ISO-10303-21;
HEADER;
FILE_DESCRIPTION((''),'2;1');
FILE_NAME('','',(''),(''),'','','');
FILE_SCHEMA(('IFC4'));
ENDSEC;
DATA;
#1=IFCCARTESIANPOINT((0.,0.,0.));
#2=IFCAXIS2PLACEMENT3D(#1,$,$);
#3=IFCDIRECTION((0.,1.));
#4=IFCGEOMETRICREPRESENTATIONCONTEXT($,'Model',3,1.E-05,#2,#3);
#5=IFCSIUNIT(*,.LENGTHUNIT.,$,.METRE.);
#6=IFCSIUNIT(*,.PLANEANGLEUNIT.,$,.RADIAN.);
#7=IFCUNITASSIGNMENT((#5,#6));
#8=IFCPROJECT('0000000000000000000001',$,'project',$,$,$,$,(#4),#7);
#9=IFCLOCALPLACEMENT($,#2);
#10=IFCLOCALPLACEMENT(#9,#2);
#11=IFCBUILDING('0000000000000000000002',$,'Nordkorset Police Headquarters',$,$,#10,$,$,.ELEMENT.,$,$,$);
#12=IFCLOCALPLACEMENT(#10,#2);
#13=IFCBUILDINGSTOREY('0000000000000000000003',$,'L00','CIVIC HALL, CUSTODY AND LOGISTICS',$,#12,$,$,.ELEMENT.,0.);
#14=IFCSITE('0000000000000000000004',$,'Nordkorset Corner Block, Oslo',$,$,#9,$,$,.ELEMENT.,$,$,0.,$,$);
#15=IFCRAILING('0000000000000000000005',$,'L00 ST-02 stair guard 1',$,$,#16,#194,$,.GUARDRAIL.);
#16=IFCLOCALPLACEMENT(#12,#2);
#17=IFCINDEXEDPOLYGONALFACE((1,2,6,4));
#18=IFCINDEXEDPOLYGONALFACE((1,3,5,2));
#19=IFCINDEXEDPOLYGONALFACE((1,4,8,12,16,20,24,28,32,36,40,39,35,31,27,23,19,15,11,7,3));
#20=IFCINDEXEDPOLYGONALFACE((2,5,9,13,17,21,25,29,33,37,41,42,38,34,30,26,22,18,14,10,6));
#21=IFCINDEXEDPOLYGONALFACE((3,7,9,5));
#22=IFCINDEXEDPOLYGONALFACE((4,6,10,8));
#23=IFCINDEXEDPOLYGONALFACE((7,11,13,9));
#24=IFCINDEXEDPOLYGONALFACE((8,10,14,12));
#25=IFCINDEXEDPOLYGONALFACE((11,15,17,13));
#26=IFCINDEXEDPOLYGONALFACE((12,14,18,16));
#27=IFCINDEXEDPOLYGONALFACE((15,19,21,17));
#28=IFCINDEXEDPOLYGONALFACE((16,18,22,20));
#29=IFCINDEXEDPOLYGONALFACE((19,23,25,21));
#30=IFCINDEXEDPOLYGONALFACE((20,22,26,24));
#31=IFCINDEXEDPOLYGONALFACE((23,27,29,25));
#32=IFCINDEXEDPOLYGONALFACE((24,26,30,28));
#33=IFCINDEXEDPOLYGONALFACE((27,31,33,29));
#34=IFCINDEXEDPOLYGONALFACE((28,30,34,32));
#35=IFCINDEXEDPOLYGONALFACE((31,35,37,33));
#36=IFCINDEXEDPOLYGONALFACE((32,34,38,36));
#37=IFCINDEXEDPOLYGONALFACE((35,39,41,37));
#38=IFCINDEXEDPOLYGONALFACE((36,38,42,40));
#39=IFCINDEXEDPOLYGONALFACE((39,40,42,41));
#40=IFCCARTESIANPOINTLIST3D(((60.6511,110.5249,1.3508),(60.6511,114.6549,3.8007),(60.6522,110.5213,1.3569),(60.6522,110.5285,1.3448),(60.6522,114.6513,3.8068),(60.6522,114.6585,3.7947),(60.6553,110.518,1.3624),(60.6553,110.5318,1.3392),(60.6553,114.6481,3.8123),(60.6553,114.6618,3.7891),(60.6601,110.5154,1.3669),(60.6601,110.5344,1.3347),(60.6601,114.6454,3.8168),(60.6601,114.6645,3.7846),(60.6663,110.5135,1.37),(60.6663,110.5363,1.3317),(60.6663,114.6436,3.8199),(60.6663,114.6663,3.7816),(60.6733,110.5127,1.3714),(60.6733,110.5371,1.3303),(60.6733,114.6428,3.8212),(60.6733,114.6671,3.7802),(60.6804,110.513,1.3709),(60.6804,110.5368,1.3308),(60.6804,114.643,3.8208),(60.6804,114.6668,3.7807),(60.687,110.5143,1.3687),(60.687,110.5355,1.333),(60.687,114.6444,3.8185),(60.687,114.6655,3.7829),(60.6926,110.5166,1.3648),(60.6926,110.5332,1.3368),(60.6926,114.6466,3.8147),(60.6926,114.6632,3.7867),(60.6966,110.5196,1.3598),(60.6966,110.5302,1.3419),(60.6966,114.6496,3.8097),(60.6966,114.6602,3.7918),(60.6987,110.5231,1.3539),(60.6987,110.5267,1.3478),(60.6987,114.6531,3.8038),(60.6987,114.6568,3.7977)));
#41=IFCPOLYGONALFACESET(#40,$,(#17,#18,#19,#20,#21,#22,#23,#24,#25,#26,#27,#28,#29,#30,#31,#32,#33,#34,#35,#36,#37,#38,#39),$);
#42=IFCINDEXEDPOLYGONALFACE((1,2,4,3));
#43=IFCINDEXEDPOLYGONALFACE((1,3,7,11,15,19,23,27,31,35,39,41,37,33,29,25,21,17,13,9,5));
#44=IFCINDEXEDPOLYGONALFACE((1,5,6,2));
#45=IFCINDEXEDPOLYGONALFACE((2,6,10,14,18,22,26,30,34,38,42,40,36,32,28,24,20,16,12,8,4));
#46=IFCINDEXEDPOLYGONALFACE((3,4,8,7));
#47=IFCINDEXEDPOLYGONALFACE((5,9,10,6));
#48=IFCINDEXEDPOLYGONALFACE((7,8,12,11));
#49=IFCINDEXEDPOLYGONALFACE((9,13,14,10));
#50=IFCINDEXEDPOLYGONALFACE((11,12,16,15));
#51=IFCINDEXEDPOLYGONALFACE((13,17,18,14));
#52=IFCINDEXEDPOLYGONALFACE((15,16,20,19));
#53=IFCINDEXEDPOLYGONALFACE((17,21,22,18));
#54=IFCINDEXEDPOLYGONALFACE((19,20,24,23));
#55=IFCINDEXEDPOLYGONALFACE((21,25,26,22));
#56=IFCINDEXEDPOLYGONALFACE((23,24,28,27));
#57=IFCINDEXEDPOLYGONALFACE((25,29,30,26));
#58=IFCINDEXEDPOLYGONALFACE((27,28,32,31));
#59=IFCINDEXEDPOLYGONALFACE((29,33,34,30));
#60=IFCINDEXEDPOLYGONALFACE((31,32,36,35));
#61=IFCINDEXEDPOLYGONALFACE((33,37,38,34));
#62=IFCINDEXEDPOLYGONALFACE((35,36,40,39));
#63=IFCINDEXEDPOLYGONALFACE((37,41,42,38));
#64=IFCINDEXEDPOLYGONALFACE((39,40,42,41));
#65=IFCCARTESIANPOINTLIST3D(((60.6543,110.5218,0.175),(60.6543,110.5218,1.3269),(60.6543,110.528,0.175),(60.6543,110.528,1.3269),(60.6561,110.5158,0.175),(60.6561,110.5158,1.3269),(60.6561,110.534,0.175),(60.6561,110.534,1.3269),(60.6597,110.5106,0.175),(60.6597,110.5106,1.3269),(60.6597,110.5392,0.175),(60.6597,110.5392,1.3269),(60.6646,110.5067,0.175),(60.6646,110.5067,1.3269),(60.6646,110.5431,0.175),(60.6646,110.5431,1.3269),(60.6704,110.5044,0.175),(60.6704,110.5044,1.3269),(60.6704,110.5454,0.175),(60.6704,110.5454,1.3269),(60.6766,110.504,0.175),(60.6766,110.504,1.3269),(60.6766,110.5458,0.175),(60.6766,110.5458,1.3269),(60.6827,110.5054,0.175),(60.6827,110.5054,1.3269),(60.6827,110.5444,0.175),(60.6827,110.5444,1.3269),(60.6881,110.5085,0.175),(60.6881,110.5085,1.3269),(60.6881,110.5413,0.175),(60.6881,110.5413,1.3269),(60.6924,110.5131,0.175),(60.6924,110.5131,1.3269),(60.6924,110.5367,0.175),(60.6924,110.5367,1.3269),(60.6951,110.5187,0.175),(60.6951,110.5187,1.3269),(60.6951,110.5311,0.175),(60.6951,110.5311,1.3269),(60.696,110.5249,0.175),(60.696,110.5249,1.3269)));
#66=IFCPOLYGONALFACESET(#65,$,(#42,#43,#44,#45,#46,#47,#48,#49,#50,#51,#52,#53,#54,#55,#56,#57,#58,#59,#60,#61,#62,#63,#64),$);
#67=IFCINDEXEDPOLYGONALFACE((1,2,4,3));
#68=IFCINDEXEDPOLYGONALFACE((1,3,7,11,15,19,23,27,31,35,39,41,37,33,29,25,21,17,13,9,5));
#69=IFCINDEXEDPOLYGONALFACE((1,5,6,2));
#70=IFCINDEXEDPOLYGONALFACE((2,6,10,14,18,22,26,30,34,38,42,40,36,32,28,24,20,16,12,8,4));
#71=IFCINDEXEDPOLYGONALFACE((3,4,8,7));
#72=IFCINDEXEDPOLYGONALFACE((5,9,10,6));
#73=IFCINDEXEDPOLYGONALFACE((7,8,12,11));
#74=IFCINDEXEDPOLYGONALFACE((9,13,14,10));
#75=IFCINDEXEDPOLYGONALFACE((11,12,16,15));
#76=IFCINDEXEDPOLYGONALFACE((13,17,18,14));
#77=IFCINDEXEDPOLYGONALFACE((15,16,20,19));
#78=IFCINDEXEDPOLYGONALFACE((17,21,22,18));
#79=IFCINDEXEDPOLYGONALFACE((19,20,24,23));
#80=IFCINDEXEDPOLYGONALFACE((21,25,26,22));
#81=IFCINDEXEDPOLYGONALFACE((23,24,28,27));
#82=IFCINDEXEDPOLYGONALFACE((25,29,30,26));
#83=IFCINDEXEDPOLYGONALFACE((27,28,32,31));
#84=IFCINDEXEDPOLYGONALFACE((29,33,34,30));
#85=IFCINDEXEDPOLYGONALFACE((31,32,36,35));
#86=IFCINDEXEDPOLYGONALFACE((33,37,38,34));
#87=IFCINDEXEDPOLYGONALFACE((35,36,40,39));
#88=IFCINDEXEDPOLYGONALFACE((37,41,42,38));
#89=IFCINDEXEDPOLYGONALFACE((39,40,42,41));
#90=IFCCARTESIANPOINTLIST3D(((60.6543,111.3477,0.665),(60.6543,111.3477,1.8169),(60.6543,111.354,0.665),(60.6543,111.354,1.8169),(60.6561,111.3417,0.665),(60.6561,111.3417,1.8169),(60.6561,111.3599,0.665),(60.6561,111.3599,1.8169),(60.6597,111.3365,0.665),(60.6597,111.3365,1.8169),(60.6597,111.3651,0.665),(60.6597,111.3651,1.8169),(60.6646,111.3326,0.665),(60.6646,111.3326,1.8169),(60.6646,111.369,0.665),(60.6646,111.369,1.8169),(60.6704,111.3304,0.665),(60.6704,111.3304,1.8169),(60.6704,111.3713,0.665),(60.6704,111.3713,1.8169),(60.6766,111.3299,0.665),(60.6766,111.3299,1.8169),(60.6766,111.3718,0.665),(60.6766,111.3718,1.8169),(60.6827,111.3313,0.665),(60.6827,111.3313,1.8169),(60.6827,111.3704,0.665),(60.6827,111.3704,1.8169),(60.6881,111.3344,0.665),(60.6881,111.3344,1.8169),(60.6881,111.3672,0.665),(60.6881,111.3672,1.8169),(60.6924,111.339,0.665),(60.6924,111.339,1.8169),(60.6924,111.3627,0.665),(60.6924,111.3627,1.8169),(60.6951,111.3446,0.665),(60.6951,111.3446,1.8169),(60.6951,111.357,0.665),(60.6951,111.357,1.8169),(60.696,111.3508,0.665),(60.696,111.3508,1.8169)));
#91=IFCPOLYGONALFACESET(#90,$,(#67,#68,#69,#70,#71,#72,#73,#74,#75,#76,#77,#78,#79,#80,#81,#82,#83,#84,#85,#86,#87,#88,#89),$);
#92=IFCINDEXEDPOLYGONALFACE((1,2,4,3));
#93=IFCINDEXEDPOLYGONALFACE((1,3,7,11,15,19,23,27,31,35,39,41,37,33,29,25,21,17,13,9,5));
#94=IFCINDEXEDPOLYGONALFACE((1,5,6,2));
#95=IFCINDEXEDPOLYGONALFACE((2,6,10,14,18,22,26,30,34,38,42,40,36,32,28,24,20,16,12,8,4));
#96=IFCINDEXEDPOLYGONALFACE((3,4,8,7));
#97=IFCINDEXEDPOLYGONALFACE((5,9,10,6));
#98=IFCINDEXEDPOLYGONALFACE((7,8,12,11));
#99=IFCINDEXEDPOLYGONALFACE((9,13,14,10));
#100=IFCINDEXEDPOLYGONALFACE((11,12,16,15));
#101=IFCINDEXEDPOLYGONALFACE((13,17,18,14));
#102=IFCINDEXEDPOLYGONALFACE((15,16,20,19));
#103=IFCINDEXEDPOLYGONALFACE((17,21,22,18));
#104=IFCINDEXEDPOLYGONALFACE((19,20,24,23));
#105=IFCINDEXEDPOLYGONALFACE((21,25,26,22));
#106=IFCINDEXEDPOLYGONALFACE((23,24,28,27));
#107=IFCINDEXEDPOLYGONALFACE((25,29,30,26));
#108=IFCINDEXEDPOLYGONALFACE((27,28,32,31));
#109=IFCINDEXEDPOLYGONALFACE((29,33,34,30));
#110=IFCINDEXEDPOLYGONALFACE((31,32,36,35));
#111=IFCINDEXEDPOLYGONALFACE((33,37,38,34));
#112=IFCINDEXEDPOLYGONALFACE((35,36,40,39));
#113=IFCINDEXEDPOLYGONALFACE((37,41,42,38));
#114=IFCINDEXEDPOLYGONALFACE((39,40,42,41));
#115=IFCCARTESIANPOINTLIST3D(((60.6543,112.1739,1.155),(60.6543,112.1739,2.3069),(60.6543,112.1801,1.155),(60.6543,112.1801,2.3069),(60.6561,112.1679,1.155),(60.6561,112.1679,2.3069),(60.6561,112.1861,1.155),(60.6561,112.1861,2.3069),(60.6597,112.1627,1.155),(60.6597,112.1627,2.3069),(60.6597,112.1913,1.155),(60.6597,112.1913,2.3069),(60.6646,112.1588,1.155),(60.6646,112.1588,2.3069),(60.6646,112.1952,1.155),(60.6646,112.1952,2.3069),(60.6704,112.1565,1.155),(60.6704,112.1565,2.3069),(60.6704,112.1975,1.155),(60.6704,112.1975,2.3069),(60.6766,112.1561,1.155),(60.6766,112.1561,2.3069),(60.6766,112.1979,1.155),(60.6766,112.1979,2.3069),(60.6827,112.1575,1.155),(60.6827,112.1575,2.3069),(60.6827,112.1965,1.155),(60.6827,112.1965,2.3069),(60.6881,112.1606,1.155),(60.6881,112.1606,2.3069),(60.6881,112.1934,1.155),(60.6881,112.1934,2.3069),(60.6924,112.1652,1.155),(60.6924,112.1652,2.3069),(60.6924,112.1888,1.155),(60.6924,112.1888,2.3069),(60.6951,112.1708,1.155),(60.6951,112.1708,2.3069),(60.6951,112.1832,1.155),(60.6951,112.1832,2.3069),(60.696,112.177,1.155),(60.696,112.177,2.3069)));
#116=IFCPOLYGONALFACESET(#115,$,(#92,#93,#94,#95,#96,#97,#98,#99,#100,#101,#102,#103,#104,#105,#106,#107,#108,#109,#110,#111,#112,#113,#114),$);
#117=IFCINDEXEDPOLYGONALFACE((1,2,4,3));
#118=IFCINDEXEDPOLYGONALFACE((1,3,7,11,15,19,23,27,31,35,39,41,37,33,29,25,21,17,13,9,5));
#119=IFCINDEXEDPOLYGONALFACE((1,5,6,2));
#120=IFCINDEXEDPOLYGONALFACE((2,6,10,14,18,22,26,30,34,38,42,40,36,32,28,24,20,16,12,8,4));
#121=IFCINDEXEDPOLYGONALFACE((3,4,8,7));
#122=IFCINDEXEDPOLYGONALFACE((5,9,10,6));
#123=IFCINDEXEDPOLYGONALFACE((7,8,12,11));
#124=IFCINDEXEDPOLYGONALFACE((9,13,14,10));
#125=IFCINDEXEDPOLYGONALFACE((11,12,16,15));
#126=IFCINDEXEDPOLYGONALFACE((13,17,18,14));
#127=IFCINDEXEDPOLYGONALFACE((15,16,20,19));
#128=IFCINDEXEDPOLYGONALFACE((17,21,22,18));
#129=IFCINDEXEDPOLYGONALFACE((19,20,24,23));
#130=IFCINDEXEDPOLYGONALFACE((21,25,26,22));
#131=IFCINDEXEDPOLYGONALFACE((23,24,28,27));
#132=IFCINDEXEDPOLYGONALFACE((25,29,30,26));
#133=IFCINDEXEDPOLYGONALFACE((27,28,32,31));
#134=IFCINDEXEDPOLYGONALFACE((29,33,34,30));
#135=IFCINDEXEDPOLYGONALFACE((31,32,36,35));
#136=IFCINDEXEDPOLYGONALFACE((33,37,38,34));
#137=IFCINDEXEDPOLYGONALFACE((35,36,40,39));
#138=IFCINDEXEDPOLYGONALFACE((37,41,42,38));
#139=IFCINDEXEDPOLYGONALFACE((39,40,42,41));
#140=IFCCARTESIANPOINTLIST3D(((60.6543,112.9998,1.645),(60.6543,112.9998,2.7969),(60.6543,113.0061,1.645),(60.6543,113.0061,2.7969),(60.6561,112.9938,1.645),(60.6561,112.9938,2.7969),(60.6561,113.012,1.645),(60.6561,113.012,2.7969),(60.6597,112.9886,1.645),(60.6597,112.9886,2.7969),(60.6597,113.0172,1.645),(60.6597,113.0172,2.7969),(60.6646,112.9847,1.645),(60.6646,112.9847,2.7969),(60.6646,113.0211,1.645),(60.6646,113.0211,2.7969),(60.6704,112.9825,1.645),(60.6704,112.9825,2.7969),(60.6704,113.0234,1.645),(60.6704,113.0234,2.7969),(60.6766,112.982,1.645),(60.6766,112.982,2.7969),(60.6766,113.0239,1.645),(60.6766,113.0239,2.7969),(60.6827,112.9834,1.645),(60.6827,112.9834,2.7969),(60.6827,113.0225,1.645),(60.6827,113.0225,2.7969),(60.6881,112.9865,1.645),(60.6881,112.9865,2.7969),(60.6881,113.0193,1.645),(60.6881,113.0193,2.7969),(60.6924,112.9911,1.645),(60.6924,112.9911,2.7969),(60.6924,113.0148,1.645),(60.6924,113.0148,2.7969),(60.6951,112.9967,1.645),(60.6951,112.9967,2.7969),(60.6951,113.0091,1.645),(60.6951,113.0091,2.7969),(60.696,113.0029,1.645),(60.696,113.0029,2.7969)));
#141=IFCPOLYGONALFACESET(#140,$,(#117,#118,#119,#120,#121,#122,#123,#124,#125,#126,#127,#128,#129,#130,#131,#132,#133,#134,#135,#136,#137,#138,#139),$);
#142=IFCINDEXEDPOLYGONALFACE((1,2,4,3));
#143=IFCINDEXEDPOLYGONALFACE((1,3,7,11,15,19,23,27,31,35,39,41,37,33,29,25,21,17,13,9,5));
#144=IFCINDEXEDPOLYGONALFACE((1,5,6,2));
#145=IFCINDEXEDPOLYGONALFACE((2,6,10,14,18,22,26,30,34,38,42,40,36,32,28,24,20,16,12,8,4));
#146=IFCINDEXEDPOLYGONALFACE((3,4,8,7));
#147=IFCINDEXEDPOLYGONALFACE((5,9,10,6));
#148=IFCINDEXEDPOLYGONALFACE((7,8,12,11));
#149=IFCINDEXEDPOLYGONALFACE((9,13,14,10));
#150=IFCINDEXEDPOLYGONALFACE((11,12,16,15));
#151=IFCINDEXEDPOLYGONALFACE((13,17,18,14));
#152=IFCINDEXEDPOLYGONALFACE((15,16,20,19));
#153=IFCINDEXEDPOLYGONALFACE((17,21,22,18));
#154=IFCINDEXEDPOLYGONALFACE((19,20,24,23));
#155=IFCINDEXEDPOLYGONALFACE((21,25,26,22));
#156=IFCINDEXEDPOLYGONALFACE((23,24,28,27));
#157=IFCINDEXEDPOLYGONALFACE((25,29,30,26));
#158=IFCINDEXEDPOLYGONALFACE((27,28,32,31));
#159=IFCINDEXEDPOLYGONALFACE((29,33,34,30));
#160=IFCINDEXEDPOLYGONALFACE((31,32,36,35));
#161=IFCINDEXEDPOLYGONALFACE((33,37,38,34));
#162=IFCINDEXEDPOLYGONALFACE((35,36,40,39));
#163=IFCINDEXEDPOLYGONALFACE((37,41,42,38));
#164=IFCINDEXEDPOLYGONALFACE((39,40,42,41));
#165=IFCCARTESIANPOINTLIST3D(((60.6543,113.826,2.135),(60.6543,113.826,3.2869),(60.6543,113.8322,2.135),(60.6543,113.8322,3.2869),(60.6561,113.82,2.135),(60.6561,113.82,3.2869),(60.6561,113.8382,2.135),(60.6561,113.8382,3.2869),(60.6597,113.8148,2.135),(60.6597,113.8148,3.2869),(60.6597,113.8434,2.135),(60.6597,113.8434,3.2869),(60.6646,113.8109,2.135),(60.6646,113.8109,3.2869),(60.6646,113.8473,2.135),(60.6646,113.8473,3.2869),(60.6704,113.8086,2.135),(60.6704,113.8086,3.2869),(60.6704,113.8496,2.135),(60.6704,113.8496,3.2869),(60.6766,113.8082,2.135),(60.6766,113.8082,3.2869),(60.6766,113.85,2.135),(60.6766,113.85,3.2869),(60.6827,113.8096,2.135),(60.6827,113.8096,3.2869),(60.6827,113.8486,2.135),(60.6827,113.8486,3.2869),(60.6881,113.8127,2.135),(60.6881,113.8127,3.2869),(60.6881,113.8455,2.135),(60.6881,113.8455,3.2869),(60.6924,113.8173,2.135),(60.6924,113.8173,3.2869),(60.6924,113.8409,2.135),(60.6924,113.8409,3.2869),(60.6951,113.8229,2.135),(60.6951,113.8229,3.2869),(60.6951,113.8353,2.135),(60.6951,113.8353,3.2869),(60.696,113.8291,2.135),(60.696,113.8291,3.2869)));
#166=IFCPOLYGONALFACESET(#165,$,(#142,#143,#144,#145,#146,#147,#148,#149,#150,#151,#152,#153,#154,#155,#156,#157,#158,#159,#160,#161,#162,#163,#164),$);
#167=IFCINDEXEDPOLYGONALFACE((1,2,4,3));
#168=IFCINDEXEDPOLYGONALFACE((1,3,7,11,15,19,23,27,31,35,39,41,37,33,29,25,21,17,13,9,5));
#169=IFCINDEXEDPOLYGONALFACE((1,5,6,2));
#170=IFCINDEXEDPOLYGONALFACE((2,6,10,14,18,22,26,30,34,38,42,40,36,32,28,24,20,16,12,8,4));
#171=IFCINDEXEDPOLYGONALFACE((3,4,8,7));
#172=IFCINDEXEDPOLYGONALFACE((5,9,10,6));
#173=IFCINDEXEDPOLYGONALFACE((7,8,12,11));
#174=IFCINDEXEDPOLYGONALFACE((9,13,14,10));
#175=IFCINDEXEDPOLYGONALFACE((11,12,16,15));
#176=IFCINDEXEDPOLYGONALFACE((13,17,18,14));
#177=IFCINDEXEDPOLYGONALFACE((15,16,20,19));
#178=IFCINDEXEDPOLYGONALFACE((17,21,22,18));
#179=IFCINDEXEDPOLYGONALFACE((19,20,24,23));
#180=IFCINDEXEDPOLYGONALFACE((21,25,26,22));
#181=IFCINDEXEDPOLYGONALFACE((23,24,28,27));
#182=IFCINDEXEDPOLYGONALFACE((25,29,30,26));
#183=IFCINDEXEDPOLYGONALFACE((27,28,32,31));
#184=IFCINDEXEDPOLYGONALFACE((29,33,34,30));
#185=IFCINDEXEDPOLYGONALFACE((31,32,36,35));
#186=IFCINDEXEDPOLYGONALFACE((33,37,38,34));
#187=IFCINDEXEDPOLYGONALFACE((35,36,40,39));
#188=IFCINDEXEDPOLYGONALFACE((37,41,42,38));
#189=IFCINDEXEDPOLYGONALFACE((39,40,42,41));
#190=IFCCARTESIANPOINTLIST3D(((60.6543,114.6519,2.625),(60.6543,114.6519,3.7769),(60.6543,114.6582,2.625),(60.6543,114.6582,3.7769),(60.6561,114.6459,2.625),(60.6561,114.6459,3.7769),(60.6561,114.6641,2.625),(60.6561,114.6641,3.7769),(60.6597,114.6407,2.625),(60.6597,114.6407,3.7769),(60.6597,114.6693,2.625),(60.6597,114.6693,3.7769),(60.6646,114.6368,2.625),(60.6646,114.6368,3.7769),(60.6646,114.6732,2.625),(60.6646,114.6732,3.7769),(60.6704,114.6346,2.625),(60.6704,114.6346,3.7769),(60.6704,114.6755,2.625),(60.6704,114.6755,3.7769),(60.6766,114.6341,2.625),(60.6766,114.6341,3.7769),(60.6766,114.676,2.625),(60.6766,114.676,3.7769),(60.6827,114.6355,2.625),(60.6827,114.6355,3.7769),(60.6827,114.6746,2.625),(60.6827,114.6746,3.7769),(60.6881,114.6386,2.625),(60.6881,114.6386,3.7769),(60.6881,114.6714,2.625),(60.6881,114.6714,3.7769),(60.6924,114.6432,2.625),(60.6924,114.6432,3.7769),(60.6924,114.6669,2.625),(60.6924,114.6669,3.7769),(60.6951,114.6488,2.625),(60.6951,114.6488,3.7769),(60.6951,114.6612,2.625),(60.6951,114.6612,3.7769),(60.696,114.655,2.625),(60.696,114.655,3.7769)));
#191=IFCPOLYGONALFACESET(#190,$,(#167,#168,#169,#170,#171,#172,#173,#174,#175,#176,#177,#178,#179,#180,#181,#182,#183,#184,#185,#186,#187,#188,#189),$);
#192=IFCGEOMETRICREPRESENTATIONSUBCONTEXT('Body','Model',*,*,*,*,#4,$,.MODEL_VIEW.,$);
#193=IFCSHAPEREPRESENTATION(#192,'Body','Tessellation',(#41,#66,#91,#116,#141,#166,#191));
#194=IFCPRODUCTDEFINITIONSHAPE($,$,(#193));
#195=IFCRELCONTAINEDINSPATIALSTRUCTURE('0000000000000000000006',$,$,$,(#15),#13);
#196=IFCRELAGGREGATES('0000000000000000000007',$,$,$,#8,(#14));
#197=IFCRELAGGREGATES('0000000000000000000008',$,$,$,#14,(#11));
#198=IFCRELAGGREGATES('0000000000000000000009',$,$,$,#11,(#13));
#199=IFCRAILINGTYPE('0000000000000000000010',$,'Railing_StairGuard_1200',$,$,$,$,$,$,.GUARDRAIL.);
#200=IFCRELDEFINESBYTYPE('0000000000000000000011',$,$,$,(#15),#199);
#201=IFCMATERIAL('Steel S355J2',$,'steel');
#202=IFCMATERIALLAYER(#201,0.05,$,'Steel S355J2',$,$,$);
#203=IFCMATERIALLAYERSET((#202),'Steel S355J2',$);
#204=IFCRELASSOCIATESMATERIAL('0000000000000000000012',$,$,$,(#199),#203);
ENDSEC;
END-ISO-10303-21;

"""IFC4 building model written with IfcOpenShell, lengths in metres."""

from ifc_helpers import new_model, si_unit, direction, frame, origin, origin_2d, place, context, subcontext, project, spatial, circle, extrude, material, layer, layer_set, type_object, element, save


model = new_model("IFC4")

# Units and contexts
model_context = context("Model", 3, precision=1e-05, world=origin(), true_north=direction((0.0, 1.0)))
body_context = subcontext(model_context, "Body", "Model", "MODEL_VIEW")
ifc_project = project(units=[si_unit("LENGTHUNIT", "METRE"), si_unit("PLANEANGLEUNIT", "RADIAN")], contexts=[model_context])

# Site, building, storey
site_placement = place(None, origin())
site = spatial("IfcSite", under=ifc_project, at=site_placement, Name="Nordkorset Corner Block, Oslo", CompositionType="ELEMENT", RefElevation=0.0)
building_placement = place(site_placement, origin())
building = spatial("IfcBuilding", under=site, at=building_placement, Name="Nordkorset Police Headquarters", CompositionType="ELEMENT")
storey_placement = place(building_placement, origin())
storey = spatial("IfcBuildingStorey", under=building, at=storey_placement, Name="L00", Description="CIVIC HALL, CUSTODY AND LOGISTICS", CompositionType="ELEMENT", Elevation=0.0)

# Railing
ifc_material_1 = material(Name="Steel S355J2", Category="steel")
ifc_layer_1 = layer(ifc_material_1, 0.05, Name="Steel S355J2")
ifc_layer_set_1 = layer_set([ifc_layer_1], Name="Steel S355J2")
railing_type_1 = type_object("IfcRailingType", Name="Railing_StairGuard_1200", PredefinedType="GUARDRAIL", material=ifc_layer_set_1)
railing_1_placement = place(storey_placement, frame((60.675, 110.5249, 0.175)))
element("IfcRailing", 1, at=railing_1_placement, inside=storey, type_object=railing_type_1, Name="L00 ST-02 stair guard 1", PredefinedType="GUARDRAIL", context=body_context, shape_type="SweptSolid", body=[
    extrude(circle(Radius=0.0239, at=origin_2d()), frame((0.0, 0.0, 1.1758), z_axis=(0.0, 0.860066, 0.510183), x_axis=(-1.0, 0.0, 0.0)), (0.0, 0.0, 1.0), 4.802),
    extrude(circle(Radius=0.021, at=origin_2d()), origin(), (0.0, 0.0, 1.0), 1.1519),
    extrude(circle(Radius=0.021, at=origin_2d()), frame((0.0, 0.8259, 0.49)), (0.0, 0.0, 1.0), 1.1519),
    extrude(circle(Radius=0.021, at=origin_2d()), frame((0.0, 1.6521, 0.98)), (0.0, 0.0, 1.0), 1.1519),
    extrude(circle(Radius=0.021, at=origin_2d()), frame((0.0, 2.478, 1.47)), (0.0, 0.0, 1.0), 1.1519),
    extrude(circle(Radius=0.021, at=origin_2d()), frame((0.0, 3.3042, 1.96)), (0.0, 0.0, 1.0), 1.1519),
    extrude(circle(Radius=0.021, at=origin_2d()), frame((0.0, 4.1301, 2.45)), (0.0, 0.0, 1.0), 1.1519),
])

save(model, "model.ifc")
